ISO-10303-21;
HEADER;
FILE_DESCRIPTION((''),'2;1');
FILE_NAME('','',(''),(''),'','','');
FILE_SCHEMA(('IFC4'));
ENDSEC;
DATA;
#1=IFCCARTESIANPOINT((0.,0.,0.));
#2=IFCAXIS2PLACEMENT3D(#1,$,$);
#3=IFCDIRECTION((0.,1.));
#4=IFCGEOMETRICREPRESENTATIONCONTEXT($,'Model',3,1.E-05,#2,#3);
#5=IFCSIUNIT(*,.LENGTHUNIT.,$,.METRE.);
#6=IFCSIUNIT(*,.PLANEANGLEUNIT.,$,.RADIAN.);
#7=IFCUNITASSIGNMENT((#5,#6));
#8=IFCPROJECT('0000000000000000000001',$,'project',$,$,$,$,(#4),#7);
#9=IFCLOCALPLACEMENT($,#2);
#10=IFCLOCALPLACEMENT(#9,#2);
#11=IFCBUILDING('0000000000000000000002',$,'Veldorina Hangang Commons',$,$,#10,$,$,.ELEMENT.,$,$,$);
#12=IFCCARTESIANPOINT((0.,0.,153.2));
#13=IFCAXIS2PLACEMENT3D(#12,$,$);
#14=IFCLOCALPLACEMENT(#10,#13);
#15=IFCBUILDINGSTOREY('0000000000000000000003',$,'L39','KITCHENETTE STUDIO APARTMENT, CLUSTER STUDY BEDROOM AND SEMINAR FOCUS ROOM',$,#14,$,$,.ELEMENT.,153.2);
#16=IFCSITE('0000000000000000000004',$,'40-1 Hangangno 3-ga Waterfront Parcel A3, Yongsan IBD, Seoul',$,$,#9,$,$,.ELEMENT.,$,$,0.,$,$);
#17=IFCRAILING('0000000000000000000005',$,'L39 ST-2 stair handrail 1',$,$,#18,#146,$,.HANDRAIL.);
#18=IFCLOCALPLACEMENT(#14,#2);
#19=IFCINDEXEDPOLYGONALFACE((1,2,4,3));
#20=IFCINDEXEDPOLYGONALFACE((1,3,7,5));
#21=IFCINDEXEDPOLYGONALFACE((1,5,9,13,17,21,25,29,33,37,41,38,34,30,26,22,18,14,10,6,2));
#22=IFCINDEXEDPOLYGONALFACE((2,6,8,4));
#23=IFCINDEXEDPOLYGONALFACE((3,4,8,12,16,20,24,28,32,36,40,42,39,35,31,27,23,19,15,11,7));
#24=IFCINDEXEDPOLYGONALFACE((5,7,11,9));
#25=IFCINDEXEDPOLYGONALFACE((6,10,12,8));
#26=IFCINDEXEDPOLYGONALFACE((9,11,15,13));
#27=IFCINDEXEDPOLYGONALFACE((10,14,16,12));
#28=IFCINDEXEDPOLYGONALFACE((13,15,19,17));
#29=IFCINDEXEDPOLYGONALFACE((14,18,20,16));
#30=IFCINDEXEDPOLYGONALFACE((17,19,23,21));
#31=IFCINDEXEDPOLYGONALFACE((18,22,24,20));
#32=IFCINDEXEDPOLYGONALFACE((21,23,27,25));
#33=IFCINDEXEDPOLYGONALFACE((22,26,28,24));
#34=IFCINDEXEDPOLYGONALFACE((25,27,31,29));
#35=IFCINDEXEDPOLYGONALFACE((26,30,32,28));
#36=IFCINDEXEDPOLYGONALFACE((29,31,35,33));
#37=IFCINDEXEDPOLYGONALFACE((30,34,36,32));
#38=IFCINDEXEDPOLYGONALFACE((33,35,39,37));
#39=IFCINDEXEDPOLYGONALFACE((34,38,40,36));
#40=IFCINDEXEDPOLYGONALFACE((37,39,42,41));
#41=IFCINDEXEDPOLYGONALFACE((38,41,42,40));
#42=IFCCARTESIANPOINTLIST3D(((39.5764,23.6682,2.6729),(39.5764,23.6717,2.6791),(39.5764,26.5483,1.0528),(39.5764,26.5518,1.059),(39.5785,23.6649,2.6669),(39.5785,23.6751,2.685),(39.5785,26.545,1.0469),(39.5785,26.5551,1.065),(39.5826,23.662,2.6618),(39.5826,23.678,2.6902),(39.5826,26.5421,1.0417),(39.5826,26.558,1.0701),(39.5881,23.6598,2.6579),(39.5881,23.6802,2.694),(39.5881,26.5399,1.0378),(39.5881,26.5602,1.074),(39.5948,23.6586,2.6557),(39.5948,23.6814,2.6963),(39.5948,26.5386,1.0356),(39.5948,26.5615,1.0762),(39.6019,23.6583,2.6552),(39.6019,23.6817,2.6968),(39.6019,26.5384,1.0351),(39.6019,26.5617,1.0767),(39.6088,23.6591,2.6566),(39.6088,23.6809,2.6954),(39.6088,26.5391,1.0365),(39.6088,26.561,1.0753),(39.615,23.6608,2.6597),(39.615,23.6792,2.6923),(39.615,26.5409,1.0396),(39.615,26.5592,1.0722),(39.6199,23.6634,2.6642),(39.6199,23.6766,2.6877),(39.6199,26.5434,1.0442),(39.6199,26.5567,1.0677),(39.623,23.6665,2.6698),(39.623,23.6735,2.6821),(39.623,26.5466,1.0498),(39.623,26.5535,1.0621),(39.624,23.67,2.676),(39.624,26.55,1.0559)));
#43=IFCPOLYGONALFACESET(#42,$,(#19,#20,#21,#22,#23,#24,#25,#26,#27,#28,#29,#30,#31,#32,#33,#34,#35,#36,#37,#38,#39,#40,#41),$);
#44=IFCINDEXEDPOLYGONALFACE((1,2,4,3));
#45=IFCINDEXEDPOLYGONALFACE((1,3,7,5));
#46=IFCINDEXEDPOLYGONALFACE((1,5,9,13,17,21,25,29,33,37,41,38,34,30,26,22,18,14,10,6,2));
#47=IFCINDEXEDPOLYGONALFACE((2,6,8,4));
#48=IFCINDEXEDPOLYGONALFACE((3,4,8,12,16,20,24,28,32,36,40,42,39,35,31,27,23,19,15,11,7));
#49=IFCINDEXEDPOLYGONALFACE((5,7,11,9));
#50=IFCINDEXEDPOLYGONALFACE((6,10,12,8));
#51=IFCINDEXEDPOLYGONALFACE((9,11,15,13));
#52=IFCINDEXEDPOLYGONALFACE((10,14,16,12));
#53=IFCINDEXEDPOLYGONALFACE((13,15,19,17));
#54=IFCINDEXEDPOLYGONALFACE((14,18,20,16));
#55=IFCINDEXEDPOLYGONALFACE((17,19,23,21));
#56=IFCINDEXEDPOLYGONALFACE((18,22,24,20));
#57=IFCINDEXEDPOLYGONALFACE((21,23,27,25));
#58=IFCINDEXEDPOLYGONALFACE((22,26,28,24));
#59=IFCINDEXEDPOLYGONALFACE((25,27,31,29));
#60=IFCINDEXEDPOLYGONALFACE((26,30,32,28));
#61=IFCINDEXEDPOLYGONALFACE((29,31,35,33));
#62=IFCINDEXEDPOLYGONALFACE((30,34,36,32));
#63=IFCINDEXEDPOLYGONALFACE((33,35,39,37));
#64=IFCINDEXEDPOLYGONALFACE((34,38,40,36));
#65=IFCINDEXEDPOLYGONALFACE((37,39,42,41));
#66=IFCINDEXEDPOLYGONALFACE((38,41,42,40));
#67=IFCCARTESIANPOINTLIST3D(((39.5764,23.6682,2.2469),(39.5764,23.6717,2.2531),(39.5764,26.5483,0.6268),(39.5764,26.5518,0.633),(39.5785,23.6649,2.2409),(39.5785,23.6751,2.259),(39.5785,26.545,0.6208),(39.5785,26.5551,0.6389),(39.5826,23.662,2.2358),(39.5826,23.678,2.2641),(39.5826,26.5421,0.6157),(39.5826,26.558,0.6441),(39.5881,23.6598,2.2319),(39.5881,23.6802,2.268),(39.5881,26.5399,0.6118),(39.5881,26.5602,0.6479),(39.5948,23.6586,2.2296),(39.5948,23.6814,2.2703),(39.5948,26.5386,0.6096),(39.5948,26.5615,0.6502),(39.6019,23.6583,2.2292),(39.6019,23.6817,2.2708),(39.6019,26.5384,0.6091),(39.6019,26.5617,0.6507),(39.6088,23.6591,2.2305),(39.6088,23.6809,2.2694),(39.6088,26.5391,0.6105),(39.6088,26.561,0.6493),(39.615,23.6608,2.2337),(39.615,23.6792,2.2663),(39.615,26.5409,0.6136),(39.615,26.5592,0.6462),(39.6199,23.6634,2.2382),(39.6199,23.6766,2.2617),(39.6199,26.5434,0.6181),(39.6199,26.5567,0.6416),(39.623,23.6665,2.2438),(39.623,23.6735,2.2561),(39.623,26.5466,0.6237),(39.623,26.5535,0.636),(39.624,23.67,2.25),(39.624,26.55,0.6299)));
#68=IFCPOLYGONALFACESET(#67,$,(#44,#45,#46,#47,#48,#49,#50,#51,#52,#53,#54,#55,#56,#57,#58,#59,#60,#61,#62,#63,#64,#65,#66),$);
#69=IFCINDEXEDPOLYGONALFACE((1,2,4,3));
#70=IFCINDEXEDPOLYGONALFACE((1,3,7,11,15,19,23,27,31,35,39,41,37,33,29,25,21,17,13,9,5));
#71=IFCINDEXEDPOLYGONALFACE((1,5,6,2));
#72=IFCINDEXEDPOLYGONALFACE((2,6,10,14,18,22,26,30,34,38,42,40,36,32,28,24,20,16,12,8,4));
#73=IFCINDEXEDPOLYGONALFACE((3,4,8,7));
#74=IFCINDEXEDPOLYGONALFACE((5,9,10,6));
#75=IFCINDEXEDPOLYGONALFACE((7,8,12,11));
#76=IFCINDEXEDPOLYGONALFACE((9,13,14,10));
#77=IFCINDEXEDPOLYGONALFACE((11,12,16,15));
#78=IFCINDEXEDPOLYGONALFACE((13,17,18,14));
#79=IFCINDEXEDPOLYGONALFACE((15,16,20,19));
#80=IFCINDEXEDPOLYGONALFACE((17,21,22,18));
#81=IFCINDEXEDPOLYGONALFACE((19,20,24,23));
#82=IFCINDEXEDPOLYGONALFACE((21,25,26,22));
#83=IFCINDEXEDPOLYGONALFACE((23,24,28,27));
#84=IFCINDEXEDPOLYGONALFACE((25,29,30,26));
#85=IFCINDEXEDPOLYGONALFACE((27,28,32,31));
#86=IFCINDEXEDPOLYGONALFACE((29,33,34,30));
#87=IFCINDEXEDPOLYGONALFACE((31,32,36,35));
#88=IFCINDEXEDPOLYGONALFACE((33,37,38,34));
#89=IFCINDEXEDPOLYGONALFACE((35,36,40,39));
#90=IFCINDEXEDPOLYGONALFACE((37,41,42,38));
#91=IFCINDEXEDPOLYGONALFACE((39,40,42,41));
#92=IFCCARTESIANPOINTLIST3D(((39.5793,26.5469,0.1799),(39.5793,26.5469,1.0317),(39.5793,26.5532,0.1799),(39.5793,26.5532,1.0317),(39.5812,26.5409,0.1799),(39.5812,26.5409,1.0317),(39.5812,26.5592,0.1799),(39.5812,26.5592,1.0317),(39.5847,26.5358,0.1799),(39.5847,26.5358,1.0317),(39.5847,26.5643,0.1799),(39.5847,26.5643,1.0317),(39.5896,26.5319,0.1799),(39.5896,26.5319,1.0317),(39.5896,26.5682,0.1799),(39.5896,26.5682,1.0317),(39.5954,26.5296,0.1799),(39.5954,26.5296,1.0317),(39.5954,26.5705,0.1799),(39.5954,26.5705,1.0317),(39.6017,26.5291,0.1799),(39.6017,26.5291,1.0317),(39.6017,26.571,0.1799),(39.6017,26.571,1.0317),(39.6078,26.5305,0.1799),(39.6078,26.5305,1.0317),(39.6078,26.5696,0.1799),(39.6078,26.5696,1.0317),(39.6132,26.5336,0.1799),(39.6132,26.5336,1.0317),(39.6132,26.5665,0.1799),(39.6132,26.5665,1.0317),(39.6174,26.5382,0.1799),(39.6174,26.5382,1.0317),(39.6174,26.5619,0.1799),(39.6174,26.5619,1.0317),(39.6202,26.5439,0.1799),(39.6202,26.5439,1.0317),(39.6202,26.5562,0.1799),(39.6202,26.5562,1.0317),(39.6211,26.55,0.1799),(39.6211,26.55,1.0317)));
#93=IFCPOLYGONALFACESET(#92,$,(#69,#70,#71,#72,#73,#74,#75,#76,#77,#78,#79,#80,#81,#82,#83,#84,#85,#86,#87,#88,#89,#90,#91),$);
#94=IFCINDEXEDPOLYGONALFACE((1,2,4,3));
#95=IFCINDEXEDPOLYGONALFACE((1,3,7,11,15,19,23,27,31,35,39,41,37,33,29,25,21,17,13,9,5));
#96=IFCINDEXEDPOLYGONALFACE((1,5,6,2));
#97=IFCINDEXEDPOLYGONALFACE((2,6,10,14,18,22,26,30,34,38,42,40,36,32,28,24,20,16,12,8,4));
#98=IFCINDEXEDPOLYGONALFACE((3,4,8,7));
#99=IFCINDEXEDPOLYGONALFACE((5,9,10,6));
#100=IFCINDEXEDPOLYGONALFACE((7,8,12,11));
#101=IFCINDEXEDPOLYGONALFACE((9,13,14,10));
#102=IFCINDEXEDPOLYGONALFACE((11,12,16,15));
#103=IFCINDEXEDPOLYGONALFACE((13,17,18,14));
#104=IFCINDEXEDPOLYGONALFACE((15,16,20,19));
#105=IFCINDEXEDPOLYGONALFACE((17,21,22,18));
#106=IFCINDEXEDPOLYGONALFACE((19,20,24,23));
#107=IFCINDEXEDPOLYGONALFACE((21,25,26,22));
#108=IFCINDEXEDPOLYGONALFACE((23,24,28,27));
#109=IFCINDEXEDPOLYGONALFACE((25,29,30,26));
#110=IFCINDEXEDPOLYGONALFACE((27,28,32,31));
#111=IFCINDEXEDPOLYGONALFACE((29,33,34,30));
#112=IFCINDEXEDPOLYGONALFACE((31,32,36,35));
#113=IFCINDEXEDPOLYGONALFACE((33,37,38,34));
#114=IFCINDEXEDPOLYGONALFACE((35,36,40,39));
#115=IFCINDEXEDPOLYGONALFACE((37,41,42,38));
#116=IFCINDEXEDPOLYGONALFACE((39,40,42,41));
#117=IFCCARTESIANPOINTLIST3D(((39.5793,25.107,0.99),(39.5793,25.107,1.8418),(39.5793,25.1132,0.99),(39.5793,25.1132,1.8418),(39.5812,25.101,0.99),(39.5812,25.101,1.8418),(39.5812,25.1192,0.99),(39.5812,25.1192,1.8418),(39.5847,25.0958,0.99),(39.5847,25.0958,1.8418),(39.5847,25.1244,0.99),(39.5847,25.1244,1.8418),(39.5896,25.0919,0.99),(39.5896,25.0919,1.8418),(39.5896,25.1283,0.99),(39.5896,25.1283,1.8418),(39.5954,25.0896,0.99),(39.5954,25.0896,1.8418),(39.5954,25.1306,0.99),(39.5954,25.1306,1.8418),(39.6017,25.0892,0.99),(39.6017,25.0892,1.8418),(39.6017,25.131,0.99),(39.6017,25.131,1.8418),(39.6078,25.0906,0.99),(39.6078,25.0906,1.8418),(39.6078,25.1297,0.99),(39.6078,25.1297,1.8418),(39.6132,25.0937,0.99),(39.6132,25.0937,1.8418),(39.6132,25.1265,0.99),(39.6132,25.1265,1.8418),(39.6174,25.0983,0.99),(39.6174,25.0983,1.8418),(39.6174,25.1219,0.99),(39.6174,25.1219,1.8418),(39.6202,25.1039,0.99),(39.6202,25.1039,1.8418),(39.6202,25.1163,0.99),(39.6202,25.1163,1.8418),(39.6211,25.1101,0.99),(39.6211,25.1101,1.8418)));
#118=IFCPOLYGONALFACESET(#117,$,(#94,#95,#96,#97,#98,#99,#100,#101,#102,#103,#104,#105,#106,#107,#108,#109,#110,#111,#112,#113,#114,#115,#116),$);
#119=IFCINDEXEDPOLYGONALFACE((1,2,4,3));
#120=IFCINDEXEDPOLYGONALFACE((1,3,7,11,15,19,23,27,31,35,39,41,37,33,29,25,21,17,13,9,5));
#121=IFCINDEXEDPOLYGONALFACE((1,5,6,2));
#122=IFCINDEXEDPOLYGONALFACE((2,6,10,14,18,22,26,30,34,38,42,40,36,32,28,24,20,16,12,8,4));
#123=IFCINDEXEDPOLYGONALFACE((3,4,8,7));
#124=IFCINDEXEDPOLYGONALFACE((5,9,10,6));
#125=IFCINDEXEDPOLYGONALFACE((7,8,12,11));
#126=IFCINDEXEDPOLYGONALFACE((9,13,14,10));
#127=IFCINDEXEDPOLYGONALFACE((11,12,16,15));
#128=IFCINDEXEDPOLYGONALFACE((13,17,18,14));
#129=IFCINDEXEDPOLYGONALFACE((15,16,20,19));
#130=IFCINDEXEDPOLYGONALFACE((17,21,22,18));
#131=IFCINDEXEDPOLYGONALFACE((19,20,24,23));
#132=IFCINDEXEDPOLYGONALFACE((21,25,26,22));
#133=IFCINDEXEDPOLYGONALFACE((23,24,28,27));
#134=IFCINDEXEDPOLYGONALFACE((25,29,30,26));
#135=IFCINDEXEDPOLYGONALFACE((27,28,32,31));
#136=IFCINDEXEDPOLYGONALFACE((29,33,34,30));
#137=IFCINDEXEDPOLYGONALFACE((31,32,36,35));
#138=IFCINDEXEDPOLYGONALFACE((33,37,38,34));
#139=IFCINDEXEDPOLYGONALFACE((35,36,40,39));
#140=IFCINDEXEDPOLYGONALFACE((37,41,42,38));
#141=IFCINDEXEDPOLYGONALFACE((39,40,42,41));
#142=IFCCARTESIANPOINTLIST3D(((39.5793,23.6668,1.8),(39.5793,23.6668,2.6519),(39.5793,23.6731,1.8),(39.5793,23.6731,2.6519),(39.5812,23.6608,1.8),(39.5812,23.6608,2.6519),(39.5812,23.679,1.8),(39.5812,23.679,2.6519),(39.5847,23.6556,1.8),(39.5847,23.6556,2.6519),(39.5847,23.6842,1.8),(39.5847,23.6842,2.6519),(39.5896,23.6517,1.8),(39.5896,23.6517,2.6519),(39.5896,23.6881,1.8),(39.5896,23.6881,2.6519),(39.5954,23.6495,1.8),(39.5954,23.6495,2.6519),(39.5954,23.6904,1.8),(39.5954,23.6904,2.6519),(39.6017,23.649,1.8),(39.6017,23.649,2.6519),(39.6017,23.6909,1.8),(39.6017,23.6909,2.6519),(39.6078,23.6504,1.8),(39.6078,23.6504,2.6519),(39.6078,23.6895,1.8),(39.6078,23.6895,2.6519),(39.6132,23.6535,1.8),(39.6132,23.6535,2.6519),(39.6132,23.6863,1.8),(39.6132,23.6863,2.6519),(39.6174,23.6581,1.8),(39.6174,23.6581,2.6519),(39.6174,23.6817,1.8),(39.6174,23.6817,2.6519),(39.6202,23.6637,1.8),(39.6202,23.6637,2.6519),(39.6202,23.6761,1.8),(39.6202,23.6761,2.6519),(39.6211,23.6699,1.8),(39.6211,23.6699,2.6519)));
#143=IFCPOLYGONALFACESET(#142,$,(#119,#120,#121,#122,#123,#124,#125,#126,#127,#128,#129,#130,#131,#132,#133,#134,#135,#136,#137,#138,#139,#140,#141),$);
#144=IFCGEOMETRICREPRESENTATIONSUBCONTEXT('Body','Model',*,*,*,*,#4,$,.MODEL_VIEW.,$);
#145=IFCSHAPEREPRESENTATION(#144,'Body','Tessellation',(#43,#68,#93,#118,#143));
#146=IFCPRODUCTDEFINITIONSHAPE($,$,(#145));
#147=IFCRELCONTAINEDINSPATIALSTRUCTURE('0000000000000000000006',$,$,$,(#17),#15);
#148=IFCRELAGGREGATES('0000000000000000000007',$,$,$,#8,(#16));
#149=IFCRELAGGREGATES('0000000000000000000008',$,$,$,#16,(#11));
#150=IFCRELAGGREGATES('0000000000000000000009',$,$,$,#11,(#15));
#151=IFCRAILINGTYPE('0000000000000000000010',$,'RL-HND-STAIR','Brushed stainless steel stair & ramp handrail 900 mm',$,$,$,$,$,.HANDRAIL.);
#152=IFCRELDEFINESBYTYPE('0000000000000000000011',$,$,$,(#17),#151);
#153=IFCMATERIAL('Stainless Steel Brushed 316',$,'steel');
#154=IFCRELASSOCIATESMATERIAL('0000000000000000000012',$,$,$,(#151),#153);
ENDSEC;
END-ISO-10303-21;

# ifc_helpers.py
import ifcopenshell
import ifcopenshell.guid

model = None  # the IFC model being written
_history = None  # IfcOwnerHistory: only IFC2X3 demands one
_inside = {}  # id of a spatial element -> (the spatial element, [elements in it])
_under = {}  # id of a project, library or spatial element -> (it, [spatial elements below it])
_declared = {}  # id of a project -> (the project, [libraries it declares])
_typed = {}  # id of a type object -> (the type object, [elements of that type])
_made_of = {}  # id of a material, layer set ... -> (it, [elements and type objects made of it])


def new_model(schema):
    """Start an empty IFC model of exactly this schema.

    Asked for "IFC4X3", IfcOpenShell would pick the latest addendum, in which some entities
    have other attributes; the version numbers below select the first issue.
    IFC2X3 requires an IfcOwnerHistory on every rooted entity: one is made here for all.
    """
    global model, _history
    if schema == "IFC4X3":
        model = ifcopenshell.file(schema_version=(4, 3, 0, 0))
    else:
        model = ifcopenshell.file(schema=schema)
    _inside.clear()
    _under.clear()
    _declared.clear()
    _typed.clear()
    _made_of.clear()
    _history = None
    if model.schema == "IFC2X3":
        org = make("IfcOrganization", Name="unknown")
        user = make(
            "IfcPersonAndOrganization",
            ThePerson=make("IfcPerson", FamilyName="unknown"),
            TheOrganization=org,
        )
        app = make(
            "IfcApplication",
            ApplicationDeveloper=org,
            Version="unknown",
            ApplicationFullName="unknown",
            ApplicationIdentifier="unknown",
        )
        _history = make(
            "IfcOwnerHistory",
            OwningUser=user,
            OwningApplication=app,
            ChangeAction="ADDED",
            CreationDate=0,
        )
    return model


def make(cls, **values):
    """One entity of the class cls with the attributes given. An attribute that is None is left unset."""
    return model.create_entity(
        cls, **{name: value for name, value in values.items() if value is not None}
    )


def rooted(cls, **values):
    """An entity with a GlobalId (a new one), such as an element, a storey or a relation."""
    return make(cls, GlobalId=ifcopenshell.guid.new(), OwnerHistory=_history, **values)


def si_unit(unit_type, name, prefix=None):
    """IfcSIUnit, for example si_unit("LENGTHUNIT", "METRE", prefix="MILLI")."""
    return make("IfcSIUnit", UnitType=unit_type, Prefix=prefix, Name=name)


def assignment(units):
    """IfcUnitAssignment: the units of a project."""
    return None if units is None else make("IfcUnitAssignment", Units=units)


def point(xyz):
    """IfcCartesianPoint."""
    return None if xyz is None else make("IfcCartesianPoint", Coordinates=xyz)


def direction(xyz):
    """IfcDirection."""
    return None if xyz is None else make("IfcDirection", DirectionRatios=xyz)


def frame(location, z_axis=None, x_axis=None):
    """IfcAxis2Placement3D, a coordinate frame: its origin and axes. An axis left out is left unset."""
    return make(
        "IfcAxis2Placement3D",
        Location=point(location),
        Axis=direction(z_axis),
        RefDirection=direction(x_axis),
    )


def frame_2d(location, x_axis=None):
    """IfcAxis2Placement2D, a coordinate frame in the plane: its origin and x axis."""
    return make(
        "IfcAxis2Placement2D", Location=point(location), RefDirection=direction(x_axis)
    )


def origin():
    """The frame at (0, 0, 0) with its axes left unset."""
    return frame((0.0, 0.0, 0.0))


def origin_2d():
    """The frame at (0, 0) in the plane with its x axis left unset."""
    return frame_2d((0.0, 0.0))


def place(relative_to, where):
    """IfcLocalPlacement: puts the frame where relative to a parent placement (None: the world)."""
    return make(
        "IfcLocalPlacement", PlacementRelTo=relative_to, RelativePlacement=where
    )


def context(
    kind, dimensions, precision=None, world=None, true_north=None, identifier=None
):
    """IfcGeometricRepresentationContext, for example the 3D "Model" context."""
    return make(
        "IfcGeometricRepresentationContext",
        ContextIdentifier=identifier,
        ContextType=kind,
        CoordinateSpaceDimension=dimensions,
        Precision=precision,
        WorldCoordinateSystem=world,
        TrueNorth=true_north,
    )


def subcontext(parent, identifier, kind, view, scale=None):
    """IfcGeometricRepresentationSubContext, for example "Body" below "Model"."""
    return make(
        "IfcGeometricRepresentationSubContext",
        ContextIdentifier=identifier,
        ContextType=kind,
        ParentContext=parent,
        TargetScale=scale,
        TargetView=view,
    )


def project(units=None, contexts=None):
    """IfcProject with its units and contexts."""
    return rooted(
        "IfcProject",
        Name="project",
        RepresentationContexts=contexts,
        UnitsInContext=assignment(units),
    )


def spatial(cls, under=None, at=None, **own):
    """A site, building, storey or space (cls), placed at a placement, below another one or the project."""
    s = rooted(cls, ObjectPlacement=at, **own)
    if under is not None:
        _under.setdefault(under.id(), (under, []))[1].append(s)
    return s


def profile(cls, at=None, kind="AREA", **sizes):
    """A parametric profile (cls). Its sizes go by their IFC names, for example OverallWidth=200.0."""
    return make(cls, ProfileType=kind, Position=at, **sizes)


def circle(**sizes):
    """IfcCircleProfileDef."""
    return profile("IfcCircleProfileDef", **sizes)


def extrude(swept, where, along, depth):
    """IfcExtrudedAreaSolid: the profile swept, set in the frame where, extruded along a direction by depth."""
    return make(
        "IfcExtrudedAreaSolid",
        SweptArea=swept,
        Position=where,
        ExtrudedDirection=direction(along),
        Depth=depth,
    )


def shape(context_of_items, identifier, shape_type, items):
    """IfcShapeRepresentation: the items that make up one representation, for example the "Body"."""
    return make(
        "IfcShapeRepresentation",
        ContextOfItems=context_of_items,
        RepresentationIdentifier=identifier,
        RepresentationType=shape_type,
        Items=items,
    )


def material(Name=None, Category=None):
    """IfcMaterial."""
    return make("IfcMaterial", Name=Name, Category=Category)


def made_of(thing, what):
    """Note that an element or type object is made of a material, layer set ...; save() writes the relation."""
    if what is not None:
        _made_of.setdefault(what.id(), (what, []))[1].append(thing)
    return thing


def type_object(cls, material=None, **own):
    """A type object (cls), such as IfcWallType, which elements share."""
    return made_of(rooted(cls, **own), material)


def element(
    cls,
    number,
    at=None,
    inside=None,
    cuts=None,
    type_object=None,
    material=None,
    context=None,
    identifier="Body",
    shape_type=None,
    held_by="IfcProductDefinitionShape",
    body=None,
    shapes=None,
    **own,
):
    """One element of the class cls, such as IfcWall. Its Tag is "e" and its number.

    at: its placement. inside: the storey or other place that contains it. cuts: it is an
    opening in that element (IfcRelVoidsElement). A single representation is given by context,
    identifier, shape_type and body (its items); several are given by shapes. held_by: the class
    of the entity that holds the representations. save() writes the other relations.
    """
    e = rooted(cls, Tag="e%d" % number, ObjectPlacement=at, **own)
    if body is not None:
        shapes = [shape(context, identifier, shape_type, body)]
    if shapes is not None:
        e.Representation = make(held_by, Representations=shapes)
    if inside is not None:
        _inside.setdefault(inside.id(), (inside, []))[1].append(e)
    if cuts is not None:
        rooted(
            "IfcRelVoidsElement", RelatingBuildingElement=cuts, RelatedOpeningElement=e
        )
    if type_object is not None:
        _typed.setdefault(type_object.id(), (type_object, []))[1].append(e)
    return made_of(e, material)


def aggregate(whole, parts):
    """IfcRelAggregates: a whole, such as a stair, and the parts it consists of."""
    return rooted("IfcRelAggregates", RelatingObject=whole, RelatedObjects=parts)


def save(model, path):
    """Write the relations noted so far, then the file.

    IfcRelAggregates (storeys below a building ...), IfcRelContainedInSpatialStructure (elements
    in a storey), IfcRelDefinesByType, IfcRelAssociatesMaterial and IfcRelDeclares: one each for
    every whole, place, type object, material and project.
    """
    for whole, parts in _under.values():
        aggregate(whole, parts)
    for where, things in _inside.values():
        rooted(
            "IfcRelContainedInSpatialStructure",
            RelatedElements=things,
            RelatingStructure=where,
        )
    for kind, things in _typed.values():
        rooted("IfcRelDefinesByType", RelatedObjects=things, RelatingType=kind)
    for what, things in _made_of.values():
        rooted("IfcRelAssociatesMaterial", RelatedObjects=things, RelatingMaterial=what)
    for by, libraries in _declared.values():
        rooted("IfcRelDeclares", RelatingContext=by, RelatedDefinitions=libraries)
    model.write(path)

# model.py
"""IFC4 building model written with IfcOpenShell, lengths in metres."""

from ifc_helpers import new_model, si_unit, direction, frame, origin, origin_2d, place, context, subcontext, project, spatial, circle, extrude, material, type_object, element, save


model = new_model("IFC4")

# Units and contexts
model_context = context("Model", 3, precision=1e-05, world=origin(), true_north=direction((0.0, 1.0)))
body_context = subcontext(model_context, "Body", "Model", "MODEL_VIEW")
ifc_project = project(units=[si_unit("LENGTHUNIT", "METRE"), si_unit("PLANEANGLEUNIT", "RADIAN")], contexts=[model_context])

# Site, building, storey
site_placement = place(None, origin())
site = spatial("IfcSite", under=ifc_project, at=site_placement, Name="40-1 Hangangno 3-ga Waterfront Parcel A3, Yongsan IBD, Seoul", CompositionType="ELEMENT", RefElevation=0.0)
building_placement = place(site_placement, origin())
building = spatial("IfcBuilding", under=site, at=building_placement, Name="Veldorina Hangang Commons", CompositionType="ELEMENT")
storey_placement = place(building_placement, frame((0.0, 0.0, 153.2)))
storey = spatial("IfcBuildingStorey", under=building, at=storey_placement, Name="L39", Description="KITCHENETTE STUDIO APARTMENT, CLUSTER STUDY BEDROOM AND SEMINAR FOCUS ROOM", CompositionType="ELEMENT", Elevation=153.2)

# Railing
ifc_material_1 = material(Name="Stainless Steel Brushed 316", Category="steel")
railing_type_1 = type_object("IfcRailingType", Name="RL-HND-STAIR", Description="Brushed stainless steel stair & ramp handrail 900 mm", PredefinedType="HANDRAIL", material=ifc_material_1)
railing_1_placement = place(storey_placement, frame((39.6001, 26.55, 0.1799)))
element("IfcRailing", 1, at=railing_1_placement, inside=storey, type_object=railing_type_1, Name="L39 ST-2 stair handrail 1", PredefinedType="HANDRAIL", context=body_context, shape_type="SweptSolid", body=[
    extrude(circle(Radius=0.0239, at=origin_2d()), frame((0.0, 0.0, 0.876), z_axis=(0.0, -0.87157, 0.490272), x_axis=(1.0, 0.0, 0.0)), (0.0, 0.0, 1.0), 3.3044),
    extrude(circle(Radius=0.0239, at=origin_2d()), frame((0.0, 0.0, 0.45), z_axis=(0.0, -0.87157, 0.490272), x_axis=(1.0, 0.0, 0.0)), (0.0, 0.0, 1.0), 3.3044),
    extrude(circle(Radius=0.021, at=origin_2d()), origin(), (0.0, 0.0, 1.0), 0.8518),
    extrude(circle(Radius=0.021, at=origin_2d()), frame((0.0, -1.4399, 0.8101)), (0.0, 0.0, 1.0), 0.8518),
    extrude(circle(Radius=0.021, at=origin_2d()), frame((0.0, -2.8801, 1.6201)), (0.0, 0.0, 1.0), 0.8518),
])

save(model, "model.ifc")
